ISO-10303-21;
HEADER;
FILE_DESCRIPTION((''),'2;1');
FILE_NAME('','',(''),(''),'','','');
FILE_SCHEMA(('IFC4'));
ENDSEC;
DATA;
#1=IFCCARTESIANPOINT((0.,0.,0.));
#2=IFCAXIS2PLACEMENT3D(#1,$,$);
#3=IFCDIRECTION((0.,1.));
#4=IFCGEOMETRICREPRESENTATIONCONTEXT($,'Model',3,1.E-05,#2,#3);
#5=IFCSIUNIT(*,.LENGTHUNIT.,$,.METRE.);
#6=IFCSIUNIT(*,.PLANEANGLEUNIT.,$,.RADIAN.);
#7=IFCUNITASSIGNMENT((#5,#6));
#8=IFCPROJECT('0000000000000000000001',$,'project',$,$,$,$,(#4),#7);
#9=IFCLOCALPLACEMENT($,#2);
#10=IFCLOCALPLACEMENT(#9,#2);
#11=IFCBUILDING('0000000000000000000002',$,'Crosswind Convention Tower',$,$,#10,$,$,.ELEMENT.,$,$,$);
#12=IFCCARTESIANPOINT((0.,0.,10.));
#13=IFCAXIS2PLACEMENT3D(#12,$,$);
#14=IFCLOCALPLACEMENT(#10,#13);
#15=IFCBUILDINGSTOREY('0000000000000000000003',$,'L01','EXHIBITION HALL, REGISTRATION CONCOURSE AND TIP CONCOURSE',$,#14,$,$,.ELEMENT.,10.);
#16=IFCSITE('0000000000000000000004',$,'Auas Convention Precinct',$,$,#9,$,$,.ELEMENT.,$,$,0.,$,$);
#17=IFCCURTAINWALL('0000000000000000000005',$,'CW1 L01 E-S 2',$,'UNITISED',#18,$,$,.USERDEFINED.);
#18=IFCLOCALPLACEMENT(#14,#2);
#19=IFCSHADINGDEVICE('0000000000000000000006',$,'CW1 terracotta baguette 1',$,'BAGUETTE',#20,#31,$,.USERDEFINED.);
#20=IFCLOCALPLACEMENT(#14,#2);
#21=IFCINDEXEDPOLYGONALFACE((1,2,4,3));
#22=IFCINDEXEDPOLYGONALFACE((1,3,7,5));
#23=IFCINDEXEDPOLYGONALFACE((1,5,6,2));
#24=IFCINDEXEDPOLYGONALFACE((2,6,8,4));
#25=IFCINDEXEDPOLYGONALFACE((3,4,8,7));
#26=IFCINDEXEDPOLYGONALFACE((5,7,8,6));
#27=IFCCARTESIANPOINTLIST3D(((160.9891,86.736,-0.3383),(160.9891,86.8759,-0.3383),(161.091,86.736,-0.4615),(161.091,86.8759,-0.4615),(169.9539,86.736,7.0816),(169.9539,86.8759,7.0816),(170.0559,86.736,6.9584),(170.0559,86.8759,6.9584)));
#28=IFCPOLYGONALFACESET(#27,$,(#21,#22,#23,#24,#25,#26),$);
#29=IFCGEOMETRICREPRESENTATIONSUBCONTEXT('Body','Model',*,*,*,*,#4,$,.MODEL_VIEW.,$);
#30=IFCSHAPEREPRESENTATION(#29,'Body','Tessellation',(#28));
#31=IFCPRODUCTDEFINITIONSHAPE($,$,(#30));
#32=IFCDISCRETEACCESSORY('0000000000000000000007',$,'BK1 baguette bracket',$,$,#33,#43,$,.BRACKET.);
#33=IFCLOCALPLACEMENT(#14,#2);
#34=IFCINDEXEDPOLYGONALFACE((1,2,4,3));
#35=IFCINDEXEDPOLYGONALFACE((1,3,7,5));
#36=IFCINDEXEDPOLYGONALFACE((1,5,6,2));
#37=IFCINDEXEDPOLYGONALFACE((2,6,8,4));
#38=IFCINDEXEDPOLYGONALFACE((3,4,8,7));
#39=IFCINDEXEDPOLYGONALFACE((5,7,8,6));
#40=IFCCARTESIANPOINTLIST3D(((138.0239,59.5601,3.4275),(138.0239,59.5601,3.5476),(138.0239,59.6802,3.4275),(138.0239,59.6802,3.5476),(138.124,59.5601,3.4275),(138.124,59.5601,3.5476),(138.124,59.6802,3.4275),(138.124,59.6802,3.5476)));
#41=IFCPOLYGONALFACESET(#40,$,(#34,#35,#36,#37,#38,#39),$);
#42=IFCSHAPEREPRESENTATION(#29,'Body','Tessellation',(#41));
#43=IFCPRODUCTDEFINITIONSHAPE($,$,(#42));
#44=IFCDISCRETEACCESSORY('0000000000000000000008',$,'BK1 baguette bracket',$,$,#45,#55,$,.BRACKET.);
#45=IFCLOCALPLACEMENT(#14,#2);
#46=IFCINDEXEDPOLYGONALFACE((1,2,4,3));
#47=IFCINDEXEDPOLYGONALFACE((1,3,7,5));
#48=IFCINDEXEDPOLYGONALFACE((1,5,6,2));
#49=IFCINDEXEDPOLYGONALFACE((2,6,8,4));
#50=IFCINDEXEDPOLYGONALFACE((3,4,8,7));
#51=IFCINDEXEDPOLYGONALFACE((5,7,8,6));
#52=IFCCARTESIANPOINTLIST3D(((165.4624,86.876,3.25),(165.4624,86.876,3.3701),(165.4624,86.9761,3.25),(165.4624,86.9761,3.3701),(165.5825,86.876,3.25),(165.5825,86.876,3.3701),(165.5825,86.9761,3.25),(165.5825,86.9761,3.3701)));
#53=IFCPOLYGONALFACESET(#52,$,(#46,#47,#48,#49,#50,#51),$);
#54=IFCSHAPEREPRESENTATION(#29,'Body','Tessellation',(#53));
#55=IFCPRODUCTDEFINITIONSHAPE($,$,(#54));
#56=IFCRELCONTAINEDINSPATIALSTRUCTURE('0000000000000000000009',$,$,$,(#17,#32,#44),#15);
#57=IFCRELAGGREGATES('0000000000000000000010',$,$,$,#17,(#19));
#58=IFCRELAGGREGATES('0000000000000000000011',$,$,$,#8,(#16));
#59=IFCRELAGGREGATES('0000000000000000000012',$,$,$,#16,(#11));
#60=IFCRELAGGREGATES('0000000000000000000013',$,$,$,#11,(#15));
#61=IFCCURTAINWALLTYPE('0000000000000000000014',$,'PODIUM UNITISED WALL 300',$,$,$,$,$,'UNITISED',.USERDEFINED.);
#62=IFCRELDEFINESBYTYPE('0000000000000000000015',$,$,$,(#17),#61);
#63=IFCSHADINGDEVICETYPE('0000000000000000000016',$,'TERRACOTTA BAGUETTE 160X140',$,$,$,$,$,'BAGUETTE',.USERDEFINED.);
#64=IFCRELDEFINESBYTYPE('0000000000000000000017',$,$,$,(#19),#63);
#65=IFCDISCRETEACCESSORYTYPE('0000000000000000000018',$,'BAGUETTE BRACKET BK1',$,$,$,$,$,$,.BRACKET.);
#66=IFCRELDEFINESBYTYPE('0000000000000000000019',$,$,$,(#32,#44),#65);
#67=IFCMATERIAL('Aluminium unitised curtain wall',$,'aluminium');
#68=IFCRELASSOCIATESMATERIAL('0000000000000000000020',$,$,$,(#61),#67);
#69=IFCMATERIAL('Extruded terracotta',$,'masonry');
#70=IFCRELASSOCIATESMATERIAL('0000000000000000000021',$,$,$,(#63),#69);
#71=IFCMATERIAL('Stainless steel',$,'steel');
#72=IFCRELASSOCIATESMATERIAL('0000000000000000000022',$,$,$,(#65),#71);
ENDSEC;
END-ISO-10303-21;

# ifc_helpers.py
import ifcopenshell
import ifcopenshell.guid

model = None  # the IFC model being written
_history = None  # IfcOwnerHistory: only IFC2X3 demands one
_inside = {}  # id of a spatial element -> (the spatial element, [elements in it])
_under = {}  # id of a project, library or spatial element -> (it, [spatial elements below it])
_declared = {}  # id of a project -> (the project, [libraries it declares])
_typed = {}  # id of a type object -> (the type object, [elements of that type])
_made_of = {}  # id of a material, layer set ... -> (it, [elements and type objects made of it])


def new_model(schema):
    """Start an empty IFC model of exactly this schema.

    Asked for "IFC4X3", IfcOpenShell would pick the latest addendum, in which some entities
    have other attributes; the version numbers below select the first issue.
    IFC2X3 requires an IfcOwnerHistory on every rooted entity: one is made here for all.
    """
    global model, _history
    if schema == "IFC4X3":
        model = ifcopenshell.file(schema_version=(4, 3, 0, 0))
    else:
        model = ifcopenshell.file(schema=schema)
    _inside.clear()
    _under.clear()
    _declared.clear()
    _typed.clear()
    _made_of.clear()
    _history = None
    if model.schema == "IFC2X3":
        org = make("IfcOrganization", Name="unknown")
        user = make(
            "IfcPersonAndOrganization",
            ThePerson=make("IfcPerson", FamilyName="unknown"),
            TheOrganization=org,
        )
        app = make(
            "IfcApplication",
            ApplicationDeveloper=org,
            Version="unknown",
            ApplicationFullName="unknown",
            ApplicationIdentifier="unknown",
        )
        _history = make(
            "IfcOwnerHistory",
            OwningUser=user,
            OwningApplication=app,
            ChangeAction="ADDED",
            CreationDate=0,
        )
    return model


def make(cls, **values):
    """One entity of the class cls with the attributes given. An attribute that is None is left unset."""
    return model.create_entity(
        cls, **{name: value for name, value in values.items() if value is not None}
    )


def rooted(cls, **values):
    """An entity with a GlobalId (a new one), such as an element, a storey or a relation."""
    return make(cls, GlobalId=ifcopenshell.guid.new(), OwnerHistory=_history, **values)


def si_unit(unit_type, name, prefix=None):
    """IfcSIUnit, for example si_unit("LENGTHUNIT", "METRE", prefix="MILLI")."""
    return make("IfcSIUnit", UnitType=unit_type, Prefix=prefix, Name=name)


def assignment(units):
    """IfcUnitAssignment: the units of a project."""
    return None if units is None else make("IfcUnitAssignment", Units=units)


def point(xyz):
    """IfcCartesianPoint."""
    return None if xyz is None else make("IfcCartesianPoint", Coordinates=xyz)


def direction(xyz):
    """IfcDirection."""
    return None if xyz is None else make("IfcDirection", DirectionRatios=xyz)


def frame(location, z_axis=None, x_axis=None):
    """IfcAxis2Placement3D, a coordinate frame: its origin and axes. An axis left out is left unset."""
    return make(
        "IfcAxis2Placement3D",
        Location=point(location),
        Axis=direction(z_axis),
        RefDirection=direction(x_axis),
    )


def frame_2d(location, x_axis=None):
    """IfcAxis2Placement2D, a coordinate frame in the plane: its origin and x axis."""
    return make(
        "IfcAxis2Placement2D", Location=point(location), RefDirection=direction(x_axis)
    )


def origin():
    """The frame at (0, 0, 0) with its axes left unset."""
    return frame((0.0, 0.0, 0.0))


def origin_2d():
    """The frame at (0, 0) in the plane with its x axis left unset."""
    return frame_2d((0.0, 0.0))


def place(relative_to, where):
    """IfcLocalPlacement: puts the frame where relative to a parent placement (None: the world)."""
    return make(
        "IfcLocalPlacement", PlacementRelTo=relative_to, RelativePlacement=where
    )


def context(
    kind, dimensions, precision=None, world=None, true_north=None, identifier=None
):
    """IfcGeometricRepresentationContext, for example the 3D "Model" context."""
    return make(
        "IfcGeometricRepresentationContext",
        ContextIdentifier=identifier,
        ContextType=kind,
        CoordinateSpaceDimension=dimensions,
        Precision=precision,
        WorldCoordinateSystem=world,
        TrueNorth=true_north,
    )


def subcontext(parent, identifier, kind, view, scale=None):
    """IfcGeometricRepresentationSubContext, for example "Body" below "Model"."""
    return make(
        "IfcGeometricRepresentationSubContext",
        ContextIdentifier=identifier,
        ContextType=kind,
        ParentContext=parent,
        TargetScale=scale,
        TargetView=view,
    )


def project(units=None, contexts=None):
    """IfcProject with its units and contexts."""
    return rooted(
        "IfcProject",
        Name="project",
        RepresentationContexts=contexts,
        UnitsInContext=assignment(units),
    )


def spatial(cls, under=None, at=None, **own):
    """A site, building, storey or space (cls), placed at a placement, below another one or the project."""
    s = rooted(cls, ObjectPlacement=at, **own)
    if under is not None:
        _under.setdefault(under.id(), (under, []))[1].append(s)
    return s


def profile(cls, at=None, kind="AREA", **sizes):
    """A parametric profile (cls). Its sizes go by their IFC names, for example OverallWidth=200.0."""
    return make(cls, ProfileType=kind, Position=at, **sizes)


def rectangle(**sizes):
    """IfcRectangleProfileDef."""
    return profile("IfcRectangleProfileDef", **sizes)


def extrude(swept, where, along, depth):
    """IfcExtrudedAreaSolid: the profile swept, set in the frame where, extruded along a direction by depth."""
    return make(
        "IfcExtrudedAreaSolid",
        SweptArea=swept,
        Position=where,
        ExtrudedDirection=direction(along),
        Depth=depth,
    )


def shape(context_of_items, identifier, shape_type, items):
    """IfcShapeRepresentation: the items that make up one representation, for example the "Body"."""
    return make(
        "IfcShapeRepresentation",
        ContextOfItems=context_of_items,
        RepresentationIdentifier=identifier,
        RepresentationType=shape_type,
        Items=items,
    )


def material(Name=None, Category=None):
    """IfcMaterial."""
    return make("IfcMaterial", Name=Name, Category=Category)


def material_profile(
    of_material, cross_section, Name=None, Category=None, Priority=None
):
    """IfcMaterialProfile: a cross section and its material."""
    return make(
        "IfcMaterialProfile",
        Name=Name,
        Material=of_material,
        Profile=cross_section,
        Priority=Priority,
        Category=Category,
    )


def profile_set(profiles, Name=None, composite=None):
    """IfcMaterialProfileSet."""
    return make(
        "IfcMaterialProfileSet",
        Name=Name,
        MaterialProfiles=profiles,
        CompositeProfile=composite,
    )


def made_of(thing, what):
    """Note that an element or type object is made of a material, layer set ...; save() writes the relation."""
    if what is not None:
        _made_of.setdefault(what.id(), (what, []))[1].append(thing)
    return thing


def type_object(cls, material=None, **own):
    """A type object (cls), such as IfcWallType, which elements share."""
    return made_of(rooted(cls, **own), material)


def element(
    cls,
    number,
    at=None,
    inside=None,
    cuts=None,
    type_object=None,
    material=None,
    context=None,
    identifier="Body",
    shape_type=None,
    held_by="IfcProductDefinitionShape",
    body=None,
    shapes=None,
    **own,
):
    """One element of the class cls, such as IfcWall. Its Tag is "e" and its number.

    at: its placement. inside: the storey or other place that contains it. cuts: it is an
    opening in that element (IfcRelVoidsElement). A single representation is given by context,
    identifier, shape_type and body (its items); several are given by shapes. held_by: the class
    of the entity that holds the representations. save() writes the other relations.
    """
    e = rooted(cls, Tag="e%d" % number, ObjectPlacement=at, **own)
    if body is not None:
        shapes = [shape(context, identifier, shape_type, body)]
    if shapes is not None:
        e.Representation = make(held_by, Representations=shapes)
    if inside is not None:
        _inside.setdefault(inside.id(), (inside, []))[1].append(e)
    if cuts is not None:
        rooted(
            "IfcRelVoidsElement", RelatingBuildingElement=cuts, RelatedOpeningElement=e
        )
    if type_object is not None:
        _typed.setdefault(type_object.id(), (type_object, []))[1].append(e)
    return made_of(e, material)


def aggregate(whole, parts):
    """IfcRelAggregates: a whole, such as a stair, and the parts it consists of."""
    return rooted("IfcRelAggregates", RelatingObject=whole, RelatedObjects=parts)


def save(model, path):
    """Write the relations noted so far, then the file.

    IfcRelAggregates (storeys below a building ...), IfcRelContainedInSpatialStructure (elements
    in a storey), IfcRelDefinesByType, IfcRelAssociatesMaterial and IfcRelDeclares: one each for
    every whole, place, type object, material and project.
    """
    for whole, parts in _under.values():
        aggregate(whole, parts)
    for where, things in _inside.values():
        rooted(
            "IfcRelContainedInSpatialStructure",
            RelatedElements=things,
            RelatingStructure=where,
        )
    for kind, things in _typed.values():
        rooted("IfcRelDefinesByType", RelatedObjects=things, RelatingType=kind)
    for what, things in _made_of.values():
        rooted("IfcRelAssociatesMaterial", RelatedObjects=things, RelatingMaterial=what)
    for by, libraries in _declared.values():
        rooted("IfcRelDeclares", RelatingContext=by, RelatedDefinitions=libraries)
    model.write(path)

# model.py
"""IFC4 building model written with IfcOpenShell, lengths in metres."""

from ifc_helpers import new_model, si_unit, direction, frame, origin, origin_2d, place, context, subcontext, project, spatial, rectangle, extrude, material, material_profile, profile_set, type_object, element, aggregate, save


model = new_model("IFC4")

# Units and contexts
model_context = context("Model", 3, precision=1e-05, world=origin(), true_north=direction((0.0, 1.0)))
body_context = subcontext(model_context, "Body", "Model", "MODEL_VIEW")
ifc_project = project(units=[si_unit("LENGTHUNIT", "METRE"), si_unit("PLANEANGLEUNIT", "RADIAN")], contexts=[model_context])

# Site, building, storey
site_placement = place(None, origin())
site = spatial("IfcSite", under=ifc_project, at=site_placement, Name="Auas Convention Precinct", CompositionType="ELEMENT", RefElevation=0.0)
building_placement = place(site_placement, origin())
building = spatial("IfcBuilding", under=site, at=building_placement, Name="Crosswind Convention Tower", CompositionType="ELEMENT")
storey_placement = place(building_placement, frame((0.0, 0.0, 10.0)))
storey = spatial("IfcBuildingStorey", under=building, at=storey_placement, Name="L01", Description="EXHIBITION HALL, REGISTRATION CONCOURSE AND TIP CONCOURSE", CompositionType="ELEMENT", Elevation=10.0)

# Shared definitions
ifc_material_1 = material(Name="Aluminium unitised curtain wall", Category="aluminium")
curtain_wall_type = type_object("IfcCurtainWallType", Name="PODIUM UNITISED WALL 300", ElementType="UNITISED", PredefinedType="USERDEFINED", material=ifc_material_1)

# Curtain wall
curtain_wall_1_placement = place(storey_placement, origin())
curtain_wall_1 = element("IfcCurtainWall", 1, at=curtain_wall_1_placement, inside=storey, type_object=curtain_wall_type, Name="CW1 L01 E-S 2", ObjectType="UNITISED", PredefinedType="USERDEFINED")

# Shading device
ifc_material_2 = material(Name="Extruded terracotta", Category="masonry")
ifc_material_profile_1 = material_profile(ifc_material_2, rectangle(XDim=0.1399, YDim=0.1599, at=origin_2d()), Name="TC 140X160")
ifc_profile_set_1 = profile_set([ifc_material_profile_1], Name="Extruded terracotta")
shading_device_type = type_object("IfcShadingDeviceType", Name="TERRACOTTA BAGUETTE 160X140", ElementType="BAGUETTE", PredefinedType="USERDEFINED", material=ifc_profile_set_1)
shading_device_1_placement = place(storey_placement, frame((161.04, 86.8059, -0.3999), z_axis=(0.770363, 0.0, 0.637605), x_axis=(0.0, 1.0, 0.0)))
shading_device_1 = element("IfcShadingDevice", 2, at=shading_device_1_placement, type_object=shading_device_type, Name="CW1 terracotta baguette 1", ObjectType="BAGUETTE", PredefinedType="USERDEFINED", context=body_context, shape_type="SweptSolid", body=[
    extrude(rectangle(XDim=0.1399, YDim=0.1599, at=origin_2d()), origin(), (0.0, 0.0, 1.0), 11.6372),
])
aggregate(curtain_wall_1, [shading_device_1])

# Discrete accessories
ifc_material_3 = material(Name="Stainless steel", Category="steel")
discrete_accessory_type = type_object("IfcDiscreteAccessoryType", Name="BAGUETTE BRACKET BK1", PredefinedType="BRACKET", material=ifc_material_3)
for number, where, z_axis, x_axis, name in (
    (3, (138.074, 59.6201, 3.4275), (0.0, 0.0, 1.0), (0.0, 1.0, 0.0), "BK1 baguette bracket"),
    (4, (165.5225, 86.926, 3.25), (0.0, 0.0, 1.0), (1.0, 0.0, 0.0), "BK1 baguette bracket"),
):
    element("IfcDiscreteAccessory", number, at=place(storey_placement, frame(where, z_axis=z_axis, x_axis=x_axis)), inside=storey, type_object=discrete_accessory_type, Name=name, PredefinedType="BRACKET", context=body_context, shape_type="SweptSolid", body=[
        extrude(rectangle(XDim=0.1201, YDim=0.1001, at=origin_2d()), origin(), (0.0, 0.0, 1.0), 0.1201),
    ])

save(model, "model.ifc")
